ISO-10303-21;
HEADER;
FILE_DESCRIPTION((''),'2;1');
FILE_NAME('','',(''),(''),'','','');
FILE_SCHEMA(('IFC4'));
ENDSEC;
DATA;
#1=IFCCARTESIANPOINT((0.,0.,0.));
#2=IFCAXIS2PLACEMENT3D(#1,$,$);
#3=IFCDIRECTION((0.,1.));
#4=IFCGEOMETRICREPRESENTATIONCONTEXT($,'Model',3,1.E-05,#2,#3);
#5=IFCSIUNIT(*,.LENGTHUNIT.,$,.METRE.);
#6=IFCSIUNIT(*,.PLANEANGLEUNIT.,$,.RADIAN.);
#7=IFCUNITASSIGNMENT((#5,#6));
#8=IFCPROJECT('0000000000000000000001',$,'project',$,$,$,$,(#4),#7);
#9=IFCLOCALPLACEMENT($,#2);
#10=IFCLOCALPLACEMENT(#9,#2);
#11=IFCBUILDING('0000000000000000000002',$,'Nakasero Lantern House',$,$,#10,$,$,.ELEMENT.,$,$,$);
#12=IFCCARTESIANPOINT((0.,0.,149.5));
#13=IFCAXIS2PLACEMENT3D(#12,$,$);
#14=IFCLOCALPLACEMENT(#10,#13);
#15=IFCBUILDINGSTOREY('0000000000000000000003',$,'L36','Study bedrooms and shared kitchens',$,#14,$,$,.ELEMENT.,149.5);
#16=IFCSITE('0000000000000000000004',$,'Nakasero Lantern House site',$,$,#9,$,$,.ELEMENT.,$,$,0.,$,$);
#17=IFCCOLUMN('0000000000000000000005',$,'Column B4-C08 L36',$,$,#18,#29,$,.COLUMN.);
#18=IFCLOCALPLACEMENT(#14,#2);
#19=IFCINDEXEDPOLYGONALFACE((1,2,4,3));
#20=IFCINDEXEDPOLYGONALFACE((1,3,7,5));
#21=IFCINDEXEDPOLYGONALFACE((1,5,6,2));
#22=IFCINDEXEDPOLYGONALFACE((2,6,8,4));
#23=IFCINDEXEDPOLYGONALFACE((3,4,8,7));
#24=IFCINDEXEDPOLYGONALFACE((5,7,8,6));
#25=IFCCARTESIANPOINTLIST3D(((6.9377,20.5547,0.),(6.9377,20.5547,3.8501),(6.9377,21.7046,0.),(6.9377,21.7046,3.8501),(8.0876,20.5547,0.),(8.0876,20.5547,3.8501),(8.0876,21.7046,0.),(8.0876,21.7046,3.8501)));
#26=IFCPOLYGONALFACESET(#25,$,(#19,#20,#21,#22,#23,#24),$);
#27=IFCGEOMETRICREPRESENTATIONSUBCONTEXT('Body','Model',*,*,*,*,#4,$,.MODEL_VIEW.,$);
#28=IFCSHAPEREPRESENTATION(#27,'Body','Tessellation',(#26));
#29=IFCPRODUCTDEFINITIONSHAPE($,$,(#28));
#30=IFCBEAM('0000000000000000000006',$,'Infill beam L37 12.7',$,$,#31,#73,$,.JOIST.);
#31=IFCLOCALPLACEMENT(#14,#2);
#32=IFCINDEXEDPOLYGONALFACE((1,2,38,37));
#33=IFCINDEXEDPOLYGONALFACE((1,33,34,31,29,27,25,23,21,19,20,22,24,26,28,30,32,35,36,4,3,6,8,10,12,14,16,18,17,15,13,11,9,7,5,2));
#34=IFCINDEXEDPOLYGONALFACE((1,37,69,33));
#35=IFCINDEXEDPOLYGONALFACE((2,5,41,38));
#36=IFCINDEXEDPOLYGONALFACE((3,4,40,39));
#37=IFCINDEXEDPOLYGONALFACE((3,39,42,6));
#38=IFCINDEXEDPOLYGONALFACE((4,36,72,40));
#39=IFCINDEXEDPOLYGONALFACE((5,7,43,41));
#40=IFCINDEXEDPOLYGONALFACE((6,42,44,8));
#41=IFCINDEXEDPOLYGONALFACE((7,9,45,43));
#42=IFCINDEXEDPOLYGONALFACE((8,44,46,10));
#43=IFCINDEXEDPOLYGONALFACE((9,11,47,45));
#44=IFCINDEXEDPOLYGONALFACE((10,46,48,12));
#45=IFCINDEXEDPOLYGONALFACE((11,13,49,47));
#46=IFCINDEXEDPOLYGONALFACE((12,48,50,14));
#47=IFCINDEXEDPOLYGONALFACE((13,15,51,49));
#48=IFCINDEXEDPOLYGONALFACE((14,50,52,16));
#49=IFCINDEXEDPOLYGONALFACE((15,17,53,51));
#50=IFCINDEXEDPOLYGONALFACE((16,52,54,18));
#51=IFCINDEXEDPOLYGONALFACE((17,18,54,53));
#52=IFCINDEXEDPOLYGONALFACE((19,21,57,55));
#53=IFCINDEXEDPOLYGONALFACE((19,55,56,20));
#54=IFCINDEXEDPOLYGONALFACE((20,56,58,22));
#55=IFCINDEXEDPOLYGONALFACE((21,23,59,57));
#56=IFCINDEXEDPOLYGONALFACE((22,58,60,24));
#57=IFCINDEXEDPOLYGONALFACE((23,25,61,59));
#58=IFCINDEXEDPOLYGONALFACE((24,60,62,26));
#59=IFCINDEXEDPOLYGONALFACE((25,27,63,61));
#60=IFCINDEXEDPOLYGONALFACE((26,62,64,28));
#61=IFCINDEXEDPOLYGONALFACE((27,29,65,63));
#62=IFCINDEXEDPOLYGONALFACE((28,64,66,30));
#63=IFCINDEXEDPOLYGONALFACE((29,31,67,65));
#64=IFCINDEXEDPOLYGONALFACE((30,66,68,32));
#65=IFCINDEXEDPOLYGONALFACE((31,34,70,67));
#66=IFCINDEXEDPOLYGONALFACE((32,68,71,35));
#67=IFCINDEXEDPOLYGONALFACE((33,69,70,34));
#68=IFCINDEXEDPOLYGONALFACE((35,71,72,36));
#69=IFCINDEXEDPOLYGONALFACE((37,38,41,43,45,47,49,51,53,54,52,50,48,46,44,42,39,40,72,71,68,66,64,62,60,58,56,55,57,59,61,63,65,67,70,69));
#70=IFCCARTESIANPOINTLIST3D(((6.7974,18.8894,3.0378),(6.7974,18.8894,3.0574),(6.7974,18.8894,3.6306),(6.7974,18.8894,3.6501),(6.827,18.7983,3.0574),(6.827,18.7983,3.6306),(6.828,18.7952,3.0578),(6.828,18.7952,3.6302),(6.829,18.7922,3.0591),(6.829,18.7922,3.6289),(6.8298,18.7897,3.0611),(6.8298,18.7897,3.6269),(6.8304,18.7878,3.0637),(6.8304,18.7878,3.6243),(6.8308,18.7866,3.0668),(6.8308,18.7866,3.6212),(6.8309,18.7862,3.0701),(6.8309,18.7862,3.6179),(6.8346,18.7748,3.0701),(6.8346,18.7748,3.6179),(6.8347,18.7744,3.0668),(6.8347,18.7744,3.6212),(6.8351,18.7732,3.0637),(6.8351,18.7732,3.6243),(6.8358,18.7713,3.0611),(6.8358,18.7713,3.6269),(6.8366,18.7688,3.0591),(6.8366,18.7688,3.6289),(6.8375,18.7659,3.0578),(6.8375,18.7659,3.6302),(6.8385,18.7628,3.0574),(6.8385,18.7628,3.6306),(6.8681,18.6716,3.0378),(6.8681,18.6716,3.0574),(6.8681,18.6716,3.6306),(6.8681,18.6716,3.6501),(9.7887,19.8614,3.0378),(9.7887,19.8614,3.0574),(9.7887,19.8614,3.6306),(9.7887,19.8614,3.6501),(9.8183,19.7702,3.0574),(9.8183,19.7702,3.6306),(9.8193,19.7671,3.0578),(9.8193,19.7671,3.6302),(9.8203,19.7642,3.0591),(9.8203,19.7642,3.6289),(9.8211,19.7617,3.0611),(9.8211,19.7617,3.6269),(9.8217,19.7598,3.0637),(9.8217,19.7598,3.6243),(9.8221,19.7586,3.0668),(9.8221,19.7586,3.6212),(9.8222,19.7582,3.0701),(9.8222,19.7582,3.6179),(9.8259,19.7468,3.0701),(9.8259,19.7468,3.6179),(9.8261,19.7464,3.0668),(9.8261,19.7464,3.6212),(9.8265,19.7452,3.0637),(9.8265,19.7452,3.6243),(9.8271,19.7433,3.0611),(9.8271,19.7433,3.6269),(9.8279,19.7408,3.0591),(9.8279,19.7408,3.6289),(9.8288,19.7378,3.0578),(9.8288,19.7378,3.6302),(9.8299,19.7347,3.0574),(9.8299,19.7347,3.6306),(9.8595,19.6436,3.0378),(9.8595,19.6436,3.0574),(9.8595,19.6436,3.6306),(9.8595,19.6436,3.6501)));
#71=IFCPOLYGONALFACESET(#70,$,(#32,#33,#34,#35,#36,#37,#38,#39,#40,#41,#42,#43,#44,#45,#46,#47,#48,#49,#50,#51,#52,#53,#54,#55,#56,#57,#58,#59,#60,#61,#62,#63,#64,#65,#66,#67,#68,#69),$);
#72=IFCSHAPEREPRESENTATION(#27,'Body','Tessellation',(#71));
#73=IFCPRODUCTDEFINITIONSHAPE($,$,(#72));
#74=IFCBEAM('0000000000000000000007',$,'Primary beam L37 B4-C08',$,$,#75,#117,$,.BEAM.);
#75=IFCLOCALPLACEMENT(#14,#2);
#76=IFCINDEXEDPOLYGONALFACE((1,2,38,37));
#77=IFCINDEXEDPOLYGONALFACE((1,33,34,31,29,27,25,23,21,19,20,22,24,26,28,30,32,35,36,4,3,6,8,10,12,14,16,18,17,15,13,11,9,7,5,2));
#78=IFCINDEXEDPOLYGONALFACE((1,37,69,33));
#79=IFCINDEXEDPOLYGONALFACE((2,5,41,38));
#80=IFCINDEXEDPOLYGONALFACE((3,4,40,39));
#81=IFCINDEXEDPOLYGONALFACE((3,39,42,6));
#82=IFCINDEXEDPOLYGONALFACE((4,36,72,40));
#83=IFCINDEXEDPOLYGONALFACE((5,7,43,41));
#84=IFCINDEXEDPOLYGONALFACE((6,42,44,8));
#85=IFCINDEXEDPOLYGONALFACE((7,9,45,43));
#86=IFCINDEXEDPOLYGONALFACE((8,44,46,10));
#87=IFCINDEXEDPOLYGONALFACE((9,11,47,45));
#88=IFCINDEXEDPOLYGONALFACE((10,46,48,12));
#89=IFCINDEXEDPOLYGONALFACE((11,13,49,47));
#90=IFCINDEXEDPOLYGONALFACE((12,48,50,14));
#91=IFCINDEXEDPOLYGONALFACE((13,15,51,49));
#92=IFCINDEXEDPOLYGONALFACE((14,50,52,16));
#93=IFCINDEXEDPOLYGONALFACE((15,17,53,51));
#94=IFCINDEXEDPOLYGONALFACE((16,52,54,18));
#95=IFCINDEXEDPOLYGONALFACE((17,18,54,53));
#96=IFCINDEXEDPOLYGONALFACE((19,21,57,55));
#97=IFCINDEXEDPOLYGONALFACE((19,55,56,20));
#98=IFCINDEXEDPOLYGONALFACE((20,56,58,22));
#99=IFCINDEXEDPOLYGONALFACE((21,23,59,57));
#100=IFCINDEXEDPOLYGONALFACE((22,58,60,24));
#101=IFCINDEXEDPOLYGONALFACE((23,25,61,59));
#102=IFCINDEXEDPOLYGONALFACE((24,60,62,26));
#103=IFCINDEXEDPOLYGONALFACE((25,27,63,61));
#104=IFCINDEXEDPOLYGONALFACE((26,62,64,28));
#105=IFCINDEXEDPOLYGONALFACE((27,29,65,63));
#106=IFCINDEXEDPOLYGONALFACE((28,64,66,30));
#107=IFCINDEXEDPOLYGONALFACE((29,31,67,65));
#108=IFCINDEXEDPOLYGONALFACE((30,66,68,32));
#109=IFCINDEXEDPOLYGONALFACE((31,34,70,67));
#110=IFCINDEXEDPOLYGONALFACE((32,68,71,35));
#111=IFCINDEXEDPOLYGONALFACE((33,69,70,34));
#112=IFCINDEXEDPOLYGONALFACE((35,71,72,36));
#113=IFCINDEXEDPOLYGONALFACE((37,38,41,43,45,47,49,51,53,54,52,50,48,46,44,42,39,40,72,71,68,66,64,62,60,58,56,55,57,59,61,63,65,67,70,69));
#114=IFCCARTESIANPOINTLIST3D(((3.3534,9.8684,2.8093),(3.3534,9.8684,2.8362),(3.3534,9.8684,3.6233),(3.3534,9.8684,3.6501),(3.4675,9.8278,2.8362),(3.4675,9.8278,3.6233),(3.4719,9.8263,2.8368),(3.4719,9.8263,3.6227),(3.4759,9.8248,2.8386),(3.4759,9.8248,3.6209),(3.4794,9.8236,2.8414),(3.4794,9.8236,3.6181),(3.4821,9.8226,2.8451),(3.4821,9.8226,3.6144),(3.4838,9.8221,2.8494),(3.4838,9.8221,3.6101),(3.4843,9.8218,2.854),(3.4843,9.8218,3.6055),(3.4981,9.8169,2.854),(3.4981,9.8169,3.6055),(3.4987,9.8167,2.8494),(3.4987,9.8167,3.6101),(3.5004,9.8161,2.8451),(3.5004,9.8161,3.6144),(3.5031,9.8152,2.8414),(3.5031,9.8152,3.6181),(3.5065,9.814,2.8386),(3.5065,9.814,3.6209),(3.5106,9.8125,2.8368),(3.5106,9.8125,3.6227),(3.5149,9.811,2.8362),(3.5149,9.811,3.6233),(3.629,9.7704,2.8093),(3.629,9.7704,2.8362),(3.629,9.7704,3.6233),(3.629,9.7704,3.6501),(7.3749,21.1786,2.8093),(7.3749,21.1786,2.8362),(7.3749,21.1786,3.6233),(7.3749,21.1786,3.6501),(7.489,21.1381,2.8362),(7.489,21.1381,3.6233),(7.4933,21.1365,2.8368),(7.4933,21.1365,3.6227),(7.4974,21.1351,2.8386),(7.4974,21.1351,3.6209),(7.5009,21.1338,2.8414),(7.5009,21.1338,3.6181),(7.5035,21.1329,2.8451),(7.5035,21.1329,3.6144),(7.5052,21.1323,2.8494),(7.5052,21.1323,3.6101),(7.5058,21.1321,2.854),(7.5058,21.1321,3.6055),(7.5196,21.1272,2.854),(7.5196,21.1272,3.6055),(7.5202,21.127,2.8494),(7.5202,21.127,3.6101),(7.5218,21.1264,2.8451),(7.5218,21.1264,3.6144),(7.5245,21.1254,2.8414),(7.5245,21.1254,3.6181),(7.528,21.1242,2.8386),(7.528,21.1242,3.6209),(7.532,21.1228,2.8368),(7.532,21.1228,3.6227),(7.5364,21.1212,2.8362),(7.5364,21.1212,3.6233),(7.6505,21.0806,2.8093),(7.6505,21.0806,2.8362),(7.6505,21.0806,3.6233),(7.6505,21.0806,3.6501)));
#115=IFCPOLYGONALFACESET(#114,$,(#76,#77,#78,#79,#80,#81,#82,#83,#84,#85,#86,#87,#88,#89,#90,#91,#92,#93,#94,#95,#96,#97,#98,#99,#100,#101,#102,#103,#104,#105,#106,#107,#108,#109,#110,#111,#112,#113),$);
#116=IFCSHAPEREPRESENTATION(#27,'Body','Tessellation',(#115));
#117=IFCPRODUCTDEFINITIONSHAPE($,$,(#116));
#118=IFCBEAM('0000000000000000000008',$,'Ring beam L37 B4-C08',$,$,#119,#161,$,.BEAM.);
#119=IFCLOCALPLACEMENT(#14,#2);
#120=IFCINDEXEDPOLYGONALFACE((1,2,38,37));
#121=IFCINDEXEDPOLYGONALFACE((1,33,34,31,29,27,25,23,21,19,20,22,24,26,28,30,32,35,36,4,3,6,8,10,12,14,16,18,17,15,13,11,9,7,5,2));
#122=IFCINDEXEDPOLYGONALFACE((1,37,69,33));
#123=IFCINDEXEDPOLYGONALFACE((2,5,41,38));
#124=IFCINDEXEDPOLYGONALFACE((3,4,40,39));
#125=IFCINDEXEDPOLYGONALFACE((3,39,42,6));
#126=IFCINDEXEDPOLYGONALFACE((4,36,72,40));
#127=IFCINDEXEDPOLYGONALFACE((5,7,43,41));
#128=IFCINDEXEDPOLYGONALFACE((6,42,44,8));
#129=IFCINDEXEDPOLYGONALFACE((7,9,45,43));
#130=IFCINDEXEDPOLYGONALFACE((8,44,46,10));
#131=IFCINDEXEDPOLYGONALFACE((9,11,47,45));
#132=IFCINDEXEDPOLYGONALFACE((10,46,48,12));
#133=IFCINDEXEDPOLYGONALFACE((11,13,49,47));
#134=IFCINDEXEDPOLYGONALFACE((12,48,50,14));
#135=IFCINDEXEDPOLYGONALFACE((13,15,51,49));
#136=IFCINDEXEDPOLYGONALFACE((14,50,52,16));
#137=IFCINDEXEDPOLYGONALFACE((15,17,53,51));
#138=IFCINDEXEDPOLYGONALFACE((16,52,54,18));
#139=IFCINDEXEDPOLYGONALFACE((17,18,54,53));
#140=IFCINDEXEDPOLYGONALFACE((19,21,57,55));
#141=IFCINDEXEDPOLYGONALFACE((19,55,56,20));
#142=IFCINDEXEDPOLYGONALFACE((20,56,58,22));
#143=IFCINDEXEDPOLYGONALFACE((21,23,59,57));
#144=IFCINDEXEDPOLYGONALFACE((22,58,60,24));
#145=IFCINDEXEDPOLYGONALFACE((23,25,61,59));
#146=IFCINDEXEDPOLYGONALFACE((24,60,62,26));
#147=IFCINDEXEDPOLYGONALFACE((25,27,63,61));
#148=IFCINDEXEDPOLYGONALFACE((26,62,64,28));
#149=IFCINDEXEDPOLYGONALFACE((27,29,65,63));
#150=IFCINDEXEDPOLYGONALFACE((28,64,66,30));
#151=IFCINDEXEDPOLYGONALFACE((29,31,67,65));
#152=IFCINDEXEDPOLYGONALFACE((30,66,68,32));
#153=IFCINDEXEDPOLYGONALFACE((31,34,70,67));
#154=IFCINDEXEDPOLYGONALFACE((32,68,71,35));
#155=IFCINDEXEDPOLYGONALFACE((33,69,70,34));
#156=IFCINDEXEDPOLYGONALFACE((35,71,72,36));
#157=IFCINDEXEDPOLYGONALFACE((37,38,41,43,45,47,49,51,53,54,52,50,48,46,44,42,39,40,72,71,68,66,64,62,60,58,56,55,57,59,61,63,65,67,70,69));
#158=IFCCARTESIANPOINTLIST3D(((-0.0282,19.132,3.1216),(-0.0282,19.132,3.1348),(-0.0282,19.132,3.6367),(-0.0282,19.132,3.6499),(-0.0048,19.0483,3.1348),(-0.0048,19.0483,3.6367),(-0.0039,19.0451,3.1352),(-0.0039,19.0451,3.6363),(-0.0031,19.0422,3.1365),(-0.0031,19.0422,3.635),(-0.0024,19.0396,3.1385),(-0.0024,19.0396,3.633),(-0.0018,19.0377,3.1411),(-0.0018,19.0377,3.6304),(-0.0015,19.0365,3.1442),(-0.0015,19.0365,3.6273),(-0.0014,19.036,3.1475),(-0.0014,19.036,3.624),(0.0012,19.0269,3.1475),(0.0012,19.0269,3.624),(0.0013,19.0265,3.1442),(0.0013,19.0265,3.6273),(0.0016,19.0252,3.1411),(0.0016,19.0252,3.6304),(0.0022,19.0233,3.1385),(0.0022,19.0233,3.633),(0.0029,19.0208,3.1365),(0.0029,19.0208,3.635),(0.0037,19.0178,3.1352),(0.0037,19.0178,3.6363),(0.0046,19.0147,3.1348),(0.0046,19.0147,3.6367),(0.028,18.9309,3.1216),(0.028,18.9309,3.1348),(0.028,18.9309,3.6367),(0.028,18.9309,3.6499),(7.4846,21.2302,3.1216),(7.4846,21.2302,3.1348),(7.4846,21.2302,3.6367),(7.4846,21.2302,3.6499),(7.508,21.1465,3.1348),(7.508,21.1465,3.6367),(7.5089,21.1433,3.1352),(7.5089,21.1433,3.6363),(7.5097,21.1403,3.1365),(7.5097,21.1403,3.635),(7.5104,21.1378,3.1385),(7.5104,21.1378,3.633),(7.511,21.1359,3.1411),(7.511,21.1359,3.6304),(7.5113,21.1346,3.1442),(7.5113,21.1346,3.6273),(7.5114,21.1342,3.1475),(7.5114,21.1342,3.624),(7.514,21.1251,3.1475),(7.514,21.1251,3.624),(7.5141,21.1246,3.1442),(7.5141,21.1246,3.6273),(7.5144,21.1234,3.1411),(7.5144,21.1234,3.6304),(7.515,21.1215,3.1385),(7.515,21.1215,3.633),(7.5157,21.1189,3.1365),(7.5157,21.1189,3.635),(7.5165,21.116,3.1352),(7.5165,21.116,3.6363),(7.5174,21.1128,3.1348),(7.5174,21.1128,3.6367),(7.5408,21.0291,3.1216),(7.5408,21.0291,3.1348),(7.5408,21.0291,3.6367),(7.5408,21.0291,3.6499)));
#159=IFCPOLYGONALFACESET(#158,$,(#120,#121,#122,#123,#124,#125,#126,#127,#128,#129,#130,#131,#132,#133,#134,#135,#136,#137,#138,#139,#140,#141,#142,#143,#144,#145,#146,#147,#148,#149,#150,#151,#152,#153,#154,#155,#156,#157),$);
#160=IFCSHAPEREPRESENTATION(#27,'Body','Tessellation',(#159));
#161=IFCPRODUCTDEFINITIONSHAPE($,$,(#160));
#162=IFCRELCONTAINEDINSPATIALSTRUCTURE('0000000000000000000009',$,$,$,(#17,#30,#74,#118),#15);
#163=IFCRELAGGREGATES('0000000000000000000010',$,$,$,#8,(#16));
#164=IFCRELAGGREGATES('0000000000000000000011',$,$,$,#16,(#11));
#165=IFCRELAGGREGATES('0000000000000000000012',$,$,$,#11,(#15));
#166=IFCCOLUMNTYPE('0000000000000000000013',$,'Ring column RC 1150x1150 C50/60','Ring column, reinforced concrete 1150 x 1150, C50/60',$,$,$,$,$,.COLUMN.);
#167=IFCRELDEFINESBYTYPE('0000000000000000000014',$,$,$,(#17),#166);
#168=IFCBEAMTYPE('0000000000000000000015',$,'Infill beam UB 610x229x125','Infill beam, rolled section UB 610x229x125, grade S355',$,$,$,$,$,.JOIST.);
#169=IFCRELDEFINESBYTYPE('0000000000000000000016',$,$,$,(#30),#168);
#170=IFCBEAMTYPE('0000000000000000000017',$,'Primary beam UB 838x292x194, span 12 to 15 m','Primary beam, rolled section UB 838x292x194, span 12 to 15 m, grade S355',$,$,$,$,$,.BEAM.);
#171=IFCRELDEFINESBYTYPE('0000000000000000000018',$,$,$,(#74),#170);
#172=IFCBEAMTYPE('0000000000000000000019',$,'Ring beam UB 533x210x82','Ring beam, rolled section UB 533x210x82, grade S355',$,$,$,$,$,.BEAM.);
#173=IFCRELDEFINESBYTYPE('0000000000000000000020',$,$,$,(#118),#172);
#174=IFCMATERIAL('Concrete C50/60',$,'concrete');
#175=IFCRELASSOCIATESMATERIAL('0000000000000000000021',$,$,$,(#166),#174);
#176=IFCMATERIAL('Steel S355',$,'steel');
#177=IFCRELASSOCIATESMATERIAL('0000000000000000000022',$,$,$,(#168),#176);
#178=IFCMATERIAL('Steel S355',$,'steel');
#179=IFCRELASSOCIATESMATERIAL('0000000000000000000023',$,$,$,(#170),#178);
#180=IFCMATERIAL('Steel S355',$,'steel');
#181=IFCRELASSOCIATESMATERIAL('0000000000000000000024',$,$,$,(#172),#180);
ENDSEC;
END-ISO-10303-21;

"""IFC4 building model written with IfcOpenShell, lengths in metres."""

from ifc_helpers import new_model, si_unit, direction, frame, origin, origin_2d, place, context, subcontext, project, spatial, rectangle, i_section, extrude, material, material_profile, profile_set, type_object, element, save


model = new_model("IFC4")

# Units and contexts
model_context = context("Model", 3, precision=1e-05, world=origin(), true_north=direction((0.0, 1.0)))
body_context = subcontext(model_context, "Body", "Model", "MODEL_VIEW")
ifc_project = project(units=[si_unit("LENGTHUNIT", "METRE"), si_unit("PLANEANGLEUNIT", "RADIAN")], contexts=[model_context])

# Site, building, storey
site_placement = place(None, origin())
site = spatial("IfcSite", under=ifc_project, at=site_placement, Name="Nakasero Lantern House site", CompositionType="ELEMENT", RefElevation=0.0)
building_placement = place(site_placement, origin())
building = spatial("IfcBuilding", under=site, at=building_placement, Name="Nakasero Lantern House", CompositionType="ELEMENT")
storey_placement = place(building_placement, frame((0.0, 0.0, 149.5)))
storey = spatial("IfcBuildingStorey", under=building, at=storey_placement, Name="L36", Description="Study bedrooms and shared kitchens", CompositionType="ELEMENT", Elevation=149.5)

# Column
ifc_material_1 = material(Name="Concrete C50/60", Category="concrete")
ifc_material_profile_1 = material_profile(ifc_material_1, rectangle(XDim=1.1499, YDim=1.1499, at=origin_2d()), Name="RC 1150x1150")
ifc_profile_set_1 = profile_set([ifc_material_profile_1], Name="Concrete C50/60")
column_type = type_object("IfcColumnType", Name="Ring column RC 1150x1150 C50/60", Description="Ring column, reinforced concrete 1150 x 1150, C50/60", PredefinedType="COLUMN", material=ifc_profile_set_1)
column_placement = place(storey_placement, frame((7.5127, 21.1296, 0.0), z_axis=(0.0, 0.0, 1.0), x_axis=(1.0, 0.0, 0.0)))
element("IfcColumn", 1, at=column_placement, inside=storey, type_object=column_type, Name="Column B4-C08 L36", PredefinedType="COLUMN", context=body_context, shape_type="SweptSolid", body=[
    extrude(rectangle(XDim=1.1499, YDim=1.1499, at=origin_2d()), origin(), (0.0, 0.0, 1.0), 3.8501),
])

# Beams
ifc_material_2 = material(Name="Steel S355", Category="steel")
ifc_material_profile_2 = material_profile(ifc_material_2, i_section(OverallWidth=0.229, OverallDepth=0.6123, WebThickness=0.012, FlangeThickness=0.0195, FilletRadius=0.0127, at=origin_2d()), Name="UB 610x229x125")
ifc_profile_set_2 = profile_set([ifc_material_profile_2], Name="Steel S355")
beam_type_1 = type_object("IfcBeamType", Name="Infill beam UB 610x229x125", Description="Infill beam, rolled section UB 610x229x125, grade S355", PredefinedType="JOIST", material=ifc_profile_set_2)
beam_1_placement = place(storey_placement, frame((6.8328, 18.7805, 3.344), z_axis=(0.951055, 0.309023, 0.0), x_axis=(-0.309023, 0.951055, 0.0)))
element("IfcBeam", 2, at=beam_1_placement, inside=storey, type_object=beam_type_1, Name="Infill beam L37 12.7", PredefinedType="JOIST", context=body_context, shape_type="SweptSolid", body=[
    extrude(i_section(OverallWidth=0.229, OverallDepth=0.6123, WebThickness=0.012, FlangeThickness=0.0195, FilletRadius=0.0127, at=origin_2d()), origin(), (0.0, 0.0, 1.0), 3.1453),
])
ifc_material_3 = material(Name="Steel S355", Category="steel")
ifc_material_profile_3 = material_profile(ifc_material_3, i_section(OverallWidth=0.2925, OverallDepth=0.8408, WebThickness=0.0146, FlangeThickness=0.0269, FilletRadius=0.0178, at=origin_2d()), Name="UB 838x292x194")
ifc_profile_set_3 = profile_set([ifc_material_profile_3], Name="Steel S355")
beam_type_2 = type_object("IfcBeamType", Name="Primary beam UB 838x292x194, span 12 to 15 m", Description="Primary beam, rolled section UB 838x292x194, span 12 to 15 m, grade S355", PredefinedType="BEAM", material=ifc_profile_set_3)
beam_2_placement = place(storey_placement, frame((7.5127, 21.1296, 3.2297), z_axis=(-0.335013, -0.942214, 0.0), x_axis=(0.942214, -0.335013, 0.0)))
element("IfcBeam", 3, at=beam_2_placement, inside=storey, type_object=beam_type_2, Name="Primary beam L37 B4-C08", PredefinedType="BEAM", context=body_context, shape_type="SweptSolid", body=[
    extrude(i_section(OverallWidth=0.2925, OverallDepth=0.8408, WebThickness=0.0146, FlangeThickness=0.0269, FilletRadius=0.0178, at=origin_2d()), origin(), (0.0, 0.0, 1.0), 12.0039),
])
ifc_material_4 = material(Name="Steel S355", Category="steel")
ifc_material_profile_4 = material_profile(ifc_material_4, i_section(OverallWidth=0.2087, OverallDepth=0.5283, WebThickness=0.0095, FlangeThickness=0.0132, FilletRadius=0.0127, at=origin_2d()), Name="UB 533x210x82")
ifc_profile_set_4 = profile_set([ifc_material_profile_4], Name="Steel S355")
beam_type_3 = type_object("IfcBeamType", Name="Ring beam UB 533x210x82", Description="Ring beam, rolled section UB 533x210x82, grade S355", PredefinedType="BEAM", material=ifc_profile_set_4)
beam_3_placement = place(storey_placement, frame((7.5127, 21.1296, 3.3857), z_axis=(-0.963144, -0.268987, 0.0), x_axis=(0.268987, -0.963144, 0.0)))
element("IfcBeam", 4, at=beam_3_placement, inside=storey, type_object=beam_type_3, Name="Ring beam L37 B4-C08", PredefinedType="BEAM", context=body_context, shape_type="SweptSolid", body=[
    extrude(i_section(OverallWidth=0.2087, OverallDepth=0.5283, WebThickness=0.0095, FlangeThickness=0.0132, FilletRadius=0.0127, at=origin_2d()), origin(), (0.0, 0.0, 1.0), 7.8003),
])

save(model, "model.ifc")
